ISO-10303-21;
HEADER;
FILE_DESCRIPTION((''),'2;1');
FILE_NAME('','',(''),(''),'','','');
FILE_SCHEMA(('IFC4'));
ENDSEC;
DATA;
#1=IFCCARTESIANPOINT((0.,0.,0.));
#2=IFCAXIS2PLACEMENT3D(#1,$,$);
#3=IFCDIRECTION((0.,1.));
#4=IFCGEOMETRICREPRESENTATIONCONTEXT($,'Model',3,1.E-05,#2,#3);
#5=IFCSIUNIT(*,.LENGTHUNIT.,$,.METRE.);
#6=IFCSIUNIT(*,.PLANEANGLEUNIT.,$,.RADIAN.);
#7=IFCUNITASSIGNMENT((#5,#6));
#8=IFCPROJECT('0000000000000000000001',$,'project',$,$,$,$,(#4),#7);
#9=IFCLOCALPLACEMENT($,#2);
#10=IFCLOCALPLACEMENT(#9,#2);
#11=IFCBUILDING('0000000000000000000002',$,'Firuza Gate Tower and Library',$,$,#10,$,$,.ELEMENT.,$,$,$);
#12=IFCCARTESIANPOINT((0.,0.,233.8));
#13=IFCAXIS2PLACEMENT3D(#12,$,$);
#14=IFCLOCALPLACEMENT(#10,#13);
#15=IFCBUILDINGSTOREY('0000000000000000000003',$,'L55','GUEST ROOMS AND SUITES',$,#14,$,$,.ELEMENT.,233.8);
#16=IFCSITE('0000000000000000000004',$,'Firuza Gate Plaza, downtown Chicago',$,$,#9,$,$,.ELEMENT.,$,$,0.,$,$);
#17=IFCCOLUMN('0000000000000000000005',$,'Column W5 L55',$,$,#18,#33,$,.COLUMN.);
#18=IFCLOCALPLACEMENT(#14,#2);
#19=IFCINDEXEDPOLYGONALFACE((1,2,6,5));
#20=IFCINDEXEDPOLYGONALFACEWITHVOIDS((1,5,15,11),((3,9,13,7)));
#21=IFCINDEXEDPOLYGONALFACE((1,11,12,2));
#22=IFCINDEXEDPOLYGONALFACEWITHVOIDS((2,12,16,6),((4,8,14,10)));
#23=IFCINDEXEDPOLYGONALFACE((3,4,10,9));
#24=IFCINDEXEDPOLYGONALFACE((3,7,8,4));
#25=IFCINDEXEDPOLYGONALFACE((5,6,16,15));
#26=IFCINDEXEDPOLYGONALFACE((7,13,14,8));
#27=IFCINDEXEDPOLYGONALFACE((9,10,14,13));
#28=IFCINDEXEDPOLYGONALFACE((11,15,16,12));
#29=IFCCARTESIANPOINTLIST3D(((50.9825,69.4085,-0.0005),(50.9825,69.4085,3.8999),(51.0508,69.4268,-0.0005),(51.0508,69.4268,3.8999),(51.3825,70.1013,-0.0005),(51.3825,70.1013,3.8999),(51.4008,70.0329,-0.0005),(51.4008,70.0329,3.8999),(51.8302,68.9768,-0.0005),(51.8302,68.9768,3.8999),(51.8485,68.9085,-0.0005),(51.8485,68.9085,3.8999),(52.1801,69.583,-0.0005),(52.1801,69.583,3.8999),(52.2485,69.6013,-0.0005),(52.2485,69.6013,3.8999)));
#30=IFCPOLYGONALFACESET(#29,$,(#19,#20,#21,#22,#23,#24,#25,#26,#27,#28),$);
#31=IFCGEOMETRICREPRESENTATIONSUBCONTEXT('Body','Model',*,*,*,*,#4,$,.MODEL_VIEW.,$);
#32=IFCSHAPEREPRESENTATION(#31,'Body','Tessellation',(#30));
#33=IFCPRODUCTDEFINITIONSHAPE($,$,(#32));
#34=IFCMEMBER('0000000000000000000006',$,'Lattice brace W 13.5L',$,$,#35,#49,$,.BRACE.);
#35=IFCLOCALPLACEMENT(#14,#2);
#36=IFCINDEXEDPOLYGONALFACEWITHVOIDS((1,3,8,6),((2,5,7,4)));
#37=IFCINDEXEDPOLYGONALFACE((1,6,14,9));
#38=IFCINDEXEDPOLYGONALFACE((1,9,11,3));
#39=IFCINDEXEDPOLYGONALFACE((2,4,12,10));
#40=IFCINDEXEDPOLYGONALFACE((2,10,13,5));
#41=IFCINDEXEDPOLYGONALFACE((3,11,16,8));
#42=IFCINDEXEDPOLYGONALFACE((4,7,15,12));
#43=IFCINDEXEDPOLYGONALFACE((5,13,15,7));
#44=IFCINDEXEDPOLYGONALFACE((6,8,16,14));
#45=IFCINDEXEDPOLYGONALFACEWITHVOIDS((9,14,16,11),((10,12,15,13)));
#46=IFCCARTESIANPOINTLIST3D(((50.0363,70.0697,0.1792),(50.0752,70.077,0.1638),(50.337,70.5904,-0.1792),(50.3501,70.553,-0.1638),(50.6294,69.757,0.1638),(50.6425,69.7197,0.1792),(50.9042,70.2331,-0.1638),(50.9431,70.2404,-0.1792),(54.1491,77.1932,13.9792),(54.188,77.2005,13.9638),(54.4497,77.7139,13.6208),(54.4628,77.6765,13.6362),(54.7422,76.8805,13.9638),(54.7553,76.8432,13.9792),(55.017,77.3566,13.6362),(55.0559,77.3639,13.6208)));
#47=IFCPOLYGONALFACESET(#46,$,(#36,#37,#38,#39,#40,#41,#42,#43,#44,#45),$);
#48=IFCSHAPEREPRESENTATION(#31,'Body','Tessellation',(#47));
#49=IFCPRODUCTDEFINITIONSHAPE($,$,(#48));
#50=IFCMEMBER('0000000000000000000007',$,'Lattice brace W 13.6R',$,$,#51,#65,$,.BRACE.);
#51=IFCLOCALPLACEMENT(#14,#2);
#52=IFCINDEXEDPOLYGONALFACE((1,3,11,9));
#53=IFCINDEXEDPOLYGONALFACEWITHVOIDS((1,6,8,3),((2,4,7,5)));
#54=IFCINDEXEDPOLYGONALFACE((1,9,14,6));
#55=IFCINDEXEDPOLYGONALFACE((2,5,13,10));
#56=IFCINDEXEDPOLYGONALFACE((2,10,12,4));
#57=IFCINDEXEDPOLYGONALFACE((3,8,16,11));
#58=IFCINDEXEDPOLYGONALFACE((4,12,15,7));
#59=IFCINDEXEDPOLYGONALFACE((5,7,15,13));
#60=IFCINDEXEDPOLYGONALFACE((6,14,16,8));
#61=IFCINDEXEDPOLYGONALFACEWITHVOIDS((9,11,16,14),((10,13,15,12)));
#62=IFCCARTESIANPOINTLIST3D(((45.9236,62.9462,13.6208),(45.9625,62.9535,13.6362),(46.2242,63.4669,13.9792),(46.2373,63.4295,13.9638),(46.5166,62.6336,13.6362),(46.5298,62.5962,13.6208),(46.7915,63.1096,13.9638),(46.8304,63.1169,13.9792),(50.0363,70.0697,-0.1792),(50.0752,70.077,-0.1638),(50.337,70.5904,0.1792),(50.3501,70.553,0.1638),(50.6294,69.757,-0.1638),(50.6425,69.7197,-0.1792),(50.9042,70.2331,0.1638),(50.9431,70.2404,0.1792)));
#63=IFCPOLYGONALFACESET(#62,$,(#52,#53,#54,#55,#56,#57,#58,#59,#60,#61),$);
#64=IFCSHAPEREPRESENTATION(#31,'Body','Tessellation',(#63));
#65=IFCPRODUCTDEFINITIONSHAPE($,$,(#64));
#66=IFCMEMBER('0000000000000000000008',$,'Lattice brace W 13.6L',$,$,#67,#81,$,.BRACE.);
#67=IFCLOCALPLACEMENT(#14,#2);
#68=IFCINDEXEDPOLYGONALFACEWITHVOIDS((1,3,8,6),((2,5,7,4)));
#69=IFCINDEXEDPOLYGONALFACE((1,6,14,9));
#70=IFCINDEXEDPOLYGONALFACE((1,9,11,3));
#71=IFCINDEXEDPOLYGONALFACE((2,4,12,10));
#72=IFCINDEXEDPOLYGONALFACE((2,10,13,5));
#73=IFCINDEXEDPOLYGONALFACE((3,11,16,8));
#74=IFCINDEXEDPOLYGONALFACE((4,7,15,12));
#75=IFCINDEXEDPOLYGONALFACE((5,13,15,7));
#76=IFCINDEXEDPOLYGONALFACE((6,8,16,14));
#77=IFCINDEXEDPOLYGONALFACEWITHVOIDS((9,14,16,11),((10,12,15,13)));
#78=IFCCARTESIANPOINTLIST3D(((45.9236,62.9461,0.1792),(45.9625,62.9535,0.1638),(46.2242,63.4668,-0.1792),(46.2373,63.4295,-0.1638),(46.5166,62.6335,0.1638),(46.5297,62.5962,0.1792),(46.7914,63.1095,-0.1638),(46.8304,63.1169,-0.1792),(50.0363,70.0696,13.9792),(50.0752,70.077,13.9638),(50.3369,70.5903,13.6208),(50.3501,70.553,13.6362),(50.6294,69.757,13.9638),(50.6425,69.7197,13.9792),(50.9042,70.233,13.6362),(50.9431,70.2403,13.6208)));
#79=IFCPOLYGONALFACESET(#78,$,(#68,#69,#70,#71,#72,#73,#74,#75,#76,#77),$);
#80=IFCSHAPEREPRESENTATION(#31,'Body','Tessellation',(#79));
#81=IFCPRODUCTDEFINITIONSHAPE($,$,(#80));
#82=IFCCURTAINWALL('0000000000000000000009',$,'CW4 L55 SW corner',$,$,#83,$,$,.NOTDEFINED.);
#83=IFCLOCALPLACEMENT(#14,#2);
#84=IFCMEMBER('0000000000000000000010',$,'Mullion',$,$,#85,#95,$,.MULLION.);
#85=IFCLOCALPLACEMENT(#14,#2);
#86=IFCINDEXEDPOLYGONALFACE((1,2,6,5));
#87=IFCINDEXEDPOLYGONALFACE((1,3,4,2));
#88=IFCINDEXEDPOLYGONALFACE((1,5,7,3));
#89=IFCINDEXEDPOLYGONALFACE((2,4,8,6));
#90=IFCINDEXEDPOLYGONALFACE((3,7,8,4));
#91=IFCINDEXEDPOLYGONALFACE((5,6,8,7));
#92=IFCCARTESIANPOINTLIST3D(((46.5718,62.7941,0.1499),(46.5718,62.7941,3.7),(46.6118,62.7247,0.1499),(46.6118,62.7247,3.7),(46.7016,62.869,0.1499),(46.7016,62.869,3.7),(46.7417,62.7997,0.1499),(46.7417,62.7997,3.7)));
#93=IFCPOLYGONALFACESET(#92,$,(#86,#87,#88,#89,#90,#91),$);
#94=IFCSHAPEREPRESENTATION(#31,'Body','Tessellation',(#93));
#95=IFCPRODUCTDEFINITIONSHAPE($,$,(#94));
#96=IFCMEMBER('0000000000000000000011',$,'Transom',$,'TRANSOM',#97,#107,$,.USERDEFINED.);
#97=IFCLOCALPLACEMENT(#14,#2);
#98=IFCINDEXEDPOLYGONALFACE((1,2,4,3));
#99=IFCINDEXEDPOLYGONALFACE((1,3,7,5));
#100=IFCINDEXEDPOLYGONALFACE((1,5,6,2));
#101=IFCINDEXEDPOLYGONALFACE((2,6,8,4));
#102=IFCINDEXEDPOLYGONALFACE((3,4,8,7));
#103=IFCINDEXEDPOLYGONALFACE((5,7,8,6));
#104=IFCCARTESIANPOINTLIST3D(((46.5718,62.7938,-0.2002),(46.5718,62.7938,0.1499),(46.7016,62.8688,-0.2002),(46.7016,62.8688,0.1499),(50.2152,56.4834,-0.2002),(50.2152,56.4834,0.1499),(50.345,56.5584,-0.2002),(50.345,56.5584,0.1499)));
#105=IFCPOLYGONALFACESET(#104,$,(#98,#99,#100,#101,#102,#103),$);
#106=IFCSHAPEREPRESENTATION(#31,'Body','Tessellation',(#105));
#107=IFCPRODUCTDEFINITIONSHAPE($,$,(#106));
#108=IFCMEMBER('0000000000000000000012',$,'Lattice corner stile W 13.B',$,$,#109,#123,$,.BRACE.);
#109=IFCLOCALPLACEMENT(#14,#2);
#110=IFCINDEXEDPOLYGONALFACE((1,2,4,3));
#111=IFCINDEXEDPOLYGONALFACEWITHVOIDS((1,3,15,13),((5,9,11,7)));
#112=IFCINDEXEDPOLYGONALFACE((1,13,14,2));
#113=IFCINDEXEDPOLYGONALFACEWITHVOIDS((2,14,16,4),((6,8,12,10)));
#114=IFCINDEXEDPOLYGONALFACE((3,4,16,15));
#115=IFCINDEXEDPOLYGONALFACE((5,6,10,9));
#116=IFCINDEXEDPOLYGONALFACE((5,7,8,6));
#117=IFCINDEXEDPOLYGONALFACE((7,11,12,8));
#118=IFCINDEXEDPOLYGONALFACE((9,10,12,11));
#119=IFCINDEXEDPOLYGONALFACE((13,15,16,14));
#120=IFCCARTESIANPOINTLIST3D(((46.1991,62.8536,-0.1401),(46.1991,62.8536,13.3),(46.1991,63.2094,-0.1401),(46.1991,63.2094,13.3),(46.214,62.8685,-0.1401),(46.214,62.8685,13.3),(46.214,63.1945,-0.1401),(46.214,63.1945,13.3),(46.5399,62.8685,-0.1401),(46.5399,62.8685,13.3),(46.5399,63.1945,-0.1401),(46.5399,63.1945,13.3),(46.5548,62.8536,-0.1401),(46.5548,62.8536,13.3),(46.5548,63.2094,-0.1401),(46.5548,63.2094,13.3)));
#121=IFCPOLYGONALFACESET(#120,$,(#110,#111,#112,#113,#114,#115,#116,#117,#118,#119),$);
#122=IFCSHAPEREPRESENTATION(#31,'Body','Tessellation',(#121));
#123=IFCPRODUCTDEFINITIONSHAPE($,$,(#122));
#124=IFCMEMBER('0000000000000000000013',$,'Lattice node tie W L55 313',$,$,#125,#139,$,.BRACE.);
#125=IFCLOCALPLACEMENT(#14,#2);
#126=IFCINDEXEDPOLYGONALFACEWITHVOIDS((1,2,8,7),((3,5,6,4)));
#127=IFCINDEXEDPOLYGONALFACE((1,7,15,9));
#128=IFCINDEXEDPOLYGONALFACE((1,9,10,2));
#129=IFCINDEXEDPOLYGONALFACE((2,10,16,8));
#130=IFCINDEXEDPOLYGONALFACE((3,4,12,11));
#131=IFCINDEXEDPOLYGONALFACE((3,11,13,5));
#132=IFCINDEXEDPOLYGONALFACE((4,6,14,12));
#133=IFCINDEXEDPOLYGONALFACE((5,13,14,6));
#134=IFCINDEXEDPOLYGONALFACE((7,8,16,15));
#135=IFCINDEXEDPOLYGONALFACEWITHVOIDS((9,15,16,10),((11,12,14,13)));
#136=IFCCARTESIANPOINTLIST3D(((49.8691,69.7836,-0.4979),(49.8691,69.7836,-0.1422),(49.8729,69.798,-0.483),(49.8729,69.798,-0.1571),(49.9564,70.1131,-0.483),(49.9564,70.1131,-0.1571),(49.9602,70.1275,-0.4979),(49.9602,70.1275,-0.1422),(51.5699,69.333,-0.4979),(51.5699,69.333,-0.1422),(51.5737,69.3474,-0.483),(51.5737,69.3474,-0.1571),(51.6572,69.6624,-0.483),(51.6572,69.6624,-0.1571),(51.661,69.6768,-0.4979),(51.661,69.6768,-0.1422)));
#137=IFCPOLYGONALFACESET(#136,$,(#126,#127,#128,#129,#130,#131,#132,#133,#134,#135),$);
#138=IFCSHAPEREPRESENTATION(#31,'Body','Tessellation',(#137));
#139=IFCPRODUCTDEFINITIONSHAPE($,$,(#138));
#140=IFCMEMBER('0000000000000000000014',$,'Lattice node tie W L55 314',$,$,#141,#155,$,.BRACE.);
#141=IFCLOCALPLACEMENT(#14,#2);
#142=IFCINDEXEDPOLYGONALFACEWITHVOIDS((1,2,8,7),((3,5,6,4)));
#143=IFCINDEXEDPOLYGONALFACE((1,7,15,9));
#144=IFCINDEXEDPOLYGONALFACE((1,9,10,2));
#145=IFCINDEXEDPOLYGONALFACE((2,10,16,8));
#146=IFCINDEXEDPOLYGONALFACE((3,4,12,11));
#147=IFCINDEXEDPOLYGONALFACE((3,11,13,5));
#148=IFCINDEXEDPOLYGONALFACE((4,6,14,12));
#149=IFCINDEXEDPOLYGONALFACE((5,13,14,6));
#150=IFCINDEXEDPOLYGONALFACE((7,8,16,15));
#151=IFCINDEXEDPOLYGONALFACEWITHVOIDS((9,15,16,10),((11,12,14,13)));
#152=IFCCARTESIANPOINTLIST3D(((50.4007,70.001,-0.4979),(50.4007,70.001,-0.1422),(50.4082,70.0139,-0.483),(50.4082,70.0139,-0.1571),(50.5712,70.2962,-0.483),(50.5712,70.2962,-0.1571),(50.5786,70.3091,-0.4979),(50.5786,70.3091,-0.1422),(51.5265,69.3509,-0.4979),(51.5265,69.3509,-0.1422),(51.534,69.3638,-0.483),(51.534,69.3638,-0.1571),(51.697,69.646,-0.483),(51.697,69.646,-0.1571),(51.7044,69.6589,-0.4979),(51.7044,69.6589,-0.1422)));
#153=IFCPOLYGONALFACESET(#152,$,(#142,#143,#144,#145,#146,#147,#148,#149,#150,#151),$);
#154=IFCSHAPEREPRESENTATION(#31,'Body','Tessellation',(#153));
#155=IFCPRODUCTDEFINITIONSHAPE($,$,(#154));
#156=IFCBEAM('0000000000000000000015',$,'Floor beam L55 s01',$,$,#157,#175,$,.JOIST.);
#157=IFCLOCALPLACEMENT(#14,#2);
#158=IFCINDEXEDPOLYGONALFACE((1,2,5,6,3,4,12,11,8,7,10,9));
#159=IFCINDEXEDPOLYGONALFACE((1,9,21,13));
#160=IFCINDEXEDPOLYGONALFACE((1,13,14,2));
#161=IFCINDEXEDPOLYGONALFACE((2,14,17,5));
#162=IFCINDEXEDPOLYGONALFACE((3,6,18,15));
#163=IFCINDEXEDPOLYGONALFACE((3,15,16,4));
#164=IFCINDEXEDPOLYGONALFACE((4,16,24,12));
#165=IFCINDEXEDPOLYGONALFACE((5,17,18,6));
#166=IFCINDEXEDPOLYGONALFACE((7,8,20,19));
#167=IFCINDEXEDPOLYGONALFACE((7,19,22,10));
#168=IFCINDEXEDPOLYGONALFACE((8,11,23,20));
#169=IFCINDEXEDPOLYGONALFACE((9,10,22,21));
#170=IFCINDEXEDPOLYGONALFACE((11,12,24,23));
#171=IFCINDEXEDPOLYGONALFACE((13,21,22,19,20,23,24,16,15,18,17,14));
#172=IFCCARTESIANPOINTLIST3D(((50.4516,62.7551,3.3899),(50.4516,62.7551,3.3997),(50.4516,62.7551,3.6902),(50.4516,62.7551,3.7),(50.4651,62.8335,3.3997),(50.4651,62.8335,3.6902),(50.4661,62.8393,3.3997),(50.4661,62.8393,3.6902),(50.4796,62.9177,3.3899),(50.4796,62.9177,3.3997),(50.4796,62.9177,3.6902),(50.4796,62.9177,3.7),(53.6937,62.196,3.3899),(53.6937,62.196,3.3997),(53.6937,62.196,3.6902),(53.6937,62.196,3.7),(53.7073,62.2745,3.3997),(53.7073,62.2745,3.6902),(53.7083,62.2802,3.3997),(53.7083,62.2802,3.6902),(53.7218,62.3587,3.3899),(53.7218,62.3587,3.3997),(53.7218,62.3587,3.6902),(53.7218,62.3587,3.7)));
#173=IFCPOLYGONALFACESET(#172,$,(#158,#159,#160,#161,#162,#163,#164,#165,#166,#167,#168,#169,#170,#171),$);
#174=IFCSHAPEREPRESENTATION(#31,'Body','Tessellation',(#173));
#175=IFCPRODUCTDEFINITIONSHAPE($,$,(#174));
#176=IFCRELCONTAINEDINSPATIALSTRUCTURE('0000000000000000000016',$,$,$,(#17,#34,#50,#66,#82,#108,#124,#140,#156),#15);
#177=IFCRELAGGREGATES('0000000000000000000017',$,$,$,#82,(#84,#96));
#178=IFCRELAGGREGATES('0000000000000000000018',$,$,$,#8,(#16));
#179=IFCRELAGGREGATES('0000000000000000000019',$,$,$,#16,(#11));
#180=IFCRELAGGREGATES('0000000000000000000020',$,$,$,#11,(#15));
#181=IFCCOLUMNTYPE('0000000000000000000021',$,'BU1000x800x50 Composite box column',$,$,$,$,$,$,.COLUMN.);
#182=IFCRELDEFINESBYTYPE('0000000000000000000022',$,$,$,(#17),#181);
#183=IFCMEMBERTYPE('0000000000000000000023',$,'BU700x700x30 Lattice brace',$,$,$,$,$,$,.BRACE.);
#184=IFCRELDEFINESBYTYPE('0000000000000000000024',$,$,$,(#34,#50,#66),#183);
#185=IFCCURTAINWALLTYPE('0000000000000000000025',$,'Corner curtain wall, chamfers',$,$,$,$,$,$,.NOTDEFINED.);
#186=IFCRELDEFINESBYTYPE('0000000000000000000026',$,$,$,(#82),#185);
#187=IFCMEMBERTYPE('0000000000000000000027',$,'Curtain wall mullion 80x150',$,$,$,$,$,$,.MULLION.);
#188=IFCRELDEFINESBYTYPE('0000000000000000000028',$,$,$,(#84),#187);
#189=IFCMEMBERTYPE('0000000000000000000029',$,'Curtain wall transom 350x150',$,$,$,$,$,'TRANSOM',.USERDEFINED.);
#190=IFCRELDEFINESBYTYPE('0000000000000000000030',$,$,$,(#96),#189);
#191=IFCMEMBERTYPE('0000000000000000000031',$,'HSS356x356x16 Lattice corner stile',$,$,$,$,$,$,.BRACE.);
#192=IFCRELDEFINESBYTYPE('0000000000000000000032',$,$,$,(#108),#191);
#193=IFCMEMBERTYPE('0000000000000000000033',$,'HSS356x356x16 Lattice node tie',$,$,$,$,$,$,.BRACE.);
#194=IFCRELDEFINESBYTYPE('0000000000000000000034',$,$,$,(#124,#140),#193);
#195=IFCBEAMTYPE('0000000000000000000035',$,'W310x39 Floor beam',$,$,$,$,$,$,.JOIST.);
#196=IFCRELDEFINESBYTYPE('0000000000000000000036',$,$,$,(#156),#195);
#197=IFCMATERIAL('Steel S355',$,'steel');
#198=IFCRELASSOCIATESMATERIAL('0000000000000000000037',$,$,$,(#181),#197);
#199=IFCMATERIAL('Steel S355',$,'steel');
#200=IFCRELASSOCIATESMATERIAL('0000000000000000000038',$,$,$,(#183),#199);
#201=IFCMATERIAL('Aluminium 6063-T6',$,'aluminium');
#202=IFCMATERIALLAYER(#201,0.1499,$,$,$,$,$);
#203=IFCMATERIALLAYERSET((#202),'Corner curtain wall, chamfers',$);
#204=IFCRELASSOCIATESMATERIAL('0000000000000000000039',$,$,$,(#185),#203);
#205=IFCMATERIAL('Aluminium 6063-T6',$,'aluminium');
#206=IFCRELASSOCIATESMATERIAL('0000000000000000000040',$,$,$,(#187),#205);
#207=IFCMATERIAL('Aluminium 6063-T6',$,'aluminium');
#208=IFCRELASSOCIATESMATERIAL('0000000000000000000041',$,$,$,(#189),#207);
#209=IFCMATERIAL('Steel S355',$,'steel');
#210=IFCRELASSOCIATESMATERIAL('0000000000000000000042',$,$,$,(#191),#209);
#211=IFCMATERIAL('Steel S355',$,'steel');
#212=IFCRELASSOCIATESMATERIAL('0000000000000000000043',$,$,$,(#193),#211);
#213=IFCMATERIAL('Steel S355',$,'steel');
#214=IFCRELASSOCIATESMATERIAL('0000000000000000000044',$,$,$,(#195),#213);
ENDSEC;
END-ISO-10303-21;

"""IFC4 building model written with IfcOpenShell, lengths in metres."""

from ifc_helpers import new_model, si_unit, direction, frame, origin, origin_2d, place, context, subcontext, project, spatial, rectangle, hollow_rectangle, i_section, extrude, material, layer, layer_set, material_profile, profile_set, type_object, element, aggregate, save


model = new_model("IFC4")

# Units and contexts
model_context = context("Model", 3, precision=1e-05, world=origin(), true_north=direction((0.0, 1.0)))
body_context = subcontext(model_context, "Body", "Model", "MODEL_VIEW")
ifc_project = project(units=[si_unit("LENGTHUNIT", "METRE"), si_unit("PLANEANGLEUNIT", "RADIAN")], contexts=[model_context])

# Site, building, storey
site_placement = place(None, origin())
site = spatial("IfcSite", under=ifc_project, at=site_placement, Name="Firuza Gate Plaza, downtown Chicago", CompositionType="ELEMENT", RefElevation=0.0)
building_placement = place(site_placement, origin())
building = spatial("IfcBuilding", under=site, at=building_placement, Name="Firuza Gate Tower and Library", CompositionType="ELEMENT")
storey_placement = place(building_placement, frame((0.0, 0.0, 233.8)))
storey = spatial("IfcBuildingStorey", under=building, at=storey_placement, Name="L55", Description="GUEST ROOMS AND SUITES", CompositionType="ELEMENT", Elevation=233.8)

# Column
ifc_material_1 = material(Name="Steel S355", Category="steel")
ifc_material_profile_1 = material_profile(ifc_material_1, hollow_rectangle(XDim=0.8, YDim=1.0, WallThickness=0.05, at=origin_2d()))
ifc_profile_set_1 = profile_set([ifc_material_profile_1], Name="Steel S355")
column_type = type_object("IfcColumnType", Name="BU1000x800x50 Composite box column", PredefinedType="COLUMN", material=ifc_profile_set_1)
column_placement = place(storey_placement, frame((51.6155, 69.5049, -0.0005), z_axis=(0.0, 0.0, 1.0), x_axis=(-0.5, -0.866025, 0.0)))
element("IfcColumn", 1, at=column_placement, inside=storey, type_object=column_type, Name="Column W5 L55", PredefinedType="COLUMN", context=body_context, shape_type="SweptSolid", body=[
    extrude(hollow_rectangle(XDim=0.8, YDim=1.0, WallThickness=0.05, at=origin_2d()), origin(), (0.0, 0.0, 1.0), 3.9004),
])

# Members
ifc_material_2 = material(Name="Steel S355", Category="steel")
ifc_material_profile_2 = material_profile(ifc_material_2, hollow_rectangle(XDim=0.7, YDim=0.7, WallThickness=0.03, at=origin_2d()))
ifc_profile_set_2 = profile_set([ifc_material_profile_2], Name="Steel S355")
member_type_1 = type_object("IfcMemberType", Name="BU700x700x30 Lattice brace", PredefinedType="BRACE", material=ifc_profile_set_2)
for number, where, z_axis, x_axis, name in (
    (2, (50.4897, 70.155, 0.0), (0.256001, 0.443405, 0.858985), (-0.866024, 0.500002, 0.0), "Lattice brace W 13.5L"),
    (3, (50.4897, 70.155, 0.0), (-0.256001, -0.443405, 0.858985), (0.866024, -0.500002, 0.0), "Lattice brace W 13.6R"),
    (4, (46.377, 63.0315, 0.0), (0.256001, 0.443405, 0.858985), (-0.866024, 0.500002, 0.0), "Lattice brace W 13.6L"),
):
    element("IfcMember", number, at=place(storey_placement, frame(where, z_axis=z_axis, x_axis=x_axis)), inside=storey, type_object=member_type_1, Name=name, PredefinedType="BRACE", context=body_context, shape_type="SweptSolid", body=[
        extrude(hollow_rectangle(XDim=0.7, YDim=0.7, WallThickness=0.03, at=origin_2d()), origin(), (0.0, 0.0, 1.0), 16.0654),
    ])

# Curtain wall, members
ifc_material_3 = material(Name="Aluminium 6063-T6", Category="aluminium")
ifc_layer_1 = layer(ifc_material_3, 0.1499)
ifc_layer_set_1 = layer_set([ifc_layer_1], Name="Corner curtain wall, chamfers")
curtain_wall_type = type_object("IfcCurtainWallType", Name="Corner curtain wall, chamfers", PredefinedType="NOTDEFINED", material=ifc_layer_set_1)
curtain_wall_placement = place(storey_placement, origin())
curtain_wall = element("IfcCurtainWall", 5, at=curtain_wall_placement, inside=storey, type_object=curtain_wall_type, Name="CW4 L55 SW corner", PredefinedType="NOTDEFINED")
ifc_material_4 = material(Name="Aluminium 6063-T6", Category="aluminium")
ifc_material_profile_3 = material_profile(ifc_material_4, rectangle(XDim=0.1499, YDim=0.0801, at=origin_2d()))
ifc_profile_set_3 = profile_set([ifc_material_profile_3], Name="Aluminium 6063-T6")
member_type_2 = type_object("IfcMemberType", Name="Curtain wall mullion 80x150", PredefinedType="MULLION", material=ifc_profile_set_3)
member_1_placement = place(storey_placement, frame((46.6567, 62.7969, 0.1499), z_axis=(0.0, 0.0, 1.0), x_axis=(0.866025, 0.5, 0.0)))
member_1 = element("IfcMember", 6, at=member_1_placement, type_object=member_type_2, Name="Mullion", PredefinedType="MULLION", context=body_context, shape_type="SweptSolid", body=[
    extrude(rectangle(XDim=0.1499, YDim=0.0801, at=origin_2d()), origin(), (0.0, 0.0, 1.0), 3.55),
])
ifc_material_5 = material(Name="Aluminium 6063-T6", Category="aluminium")
ifc_material_profile_4 = material_profile(ifc_material_5, rectangle(XDim=0.1499, YDim=0.3501, at=origin_2d()))
ifc_profile_set_4 = profile_set([ifc_material_profile_4], Name="Aluminium 6063-T6")
member_type_3 = type_object("IfcMemberType", Name="Curtain wall transom 350x150", ElementType="TRANSOM", PredefinedType="USERDEFINED", material=ifc_profile_set_4)
member_2_placement = place(storey_placement, frame((46.6367, 62.8313, -0.0251), z_axis=(0.500006, -0.866022, 0.0), x_axis=(0.866022, 0.500006, 0.0)))
member_2 = element("IfcMember", 7, at=member_2_placement, type_object=member_type_3, Name="Transom", ObjectType="TRANSOM", PredefinedType="USERDEFINED", context=body_context, shape_type="SweptSolid", body=[
    extrude(rectangle(XDim=0.1499, YDim=0.3501, at=origin_2d()), origin(), (0.0, 0.0, 1.0), 7.2866),
])

# Members
ifc_material_6 = material(Name="Steel S355", Category="steel")
ifc_material_profile_5 = material_profile(ifc_material_6, hollow_rectangle(XDim=0.3557, YDim=0.3557, WallThickness=0.0149, at=origin_2d()))
ifc_profile_set_5 = profile_set([ifc_material_profile_5], Name="Steel S355")
member_type_4 = type_object("IfcMemberType", Name="HSS356x356x16 Lattice corner stile", PredefinedType="BRACE", material=ifc_profile_set_5)
member_3_placement = place(storey_placement, frame((46.377, 63.0315, -0.1401), z_axis=(0.0, 0.0, 1.0), x_axis=(1.0, 0.0, 0.0)))
element("IfcMember", 8, at=member_3_placement, inside=storey, type_object=member_type_4, Name="Lattice corner stile W 13.B", PredefinedType="BRACE", context=body_context, shape_type="SweptSolid", body=[
    extrude(hollow_rectangle(XDim=0.3557, YDim=0.3557, WallThickness=0.0149, at=origin_2d()), origin(), (0.0, 0.0, 1.0), 13.4402),
])
ifc_material_7 = material(Name="Steel S355", Category="steel")
ifc_material_profile_6 = material_profile(ifc_material_7, hollow_rectangle(XDim=0.3557, YDim=0.3557, WallThickness=0.0149, at=origin_2d()))
ifc_profile_set_6 = profile_set([ifc_material_profile_6], Name="Steel S355")
member_type_5 = type_object("IfcMemberType", Name="HSS356x356x16 Lattice node tie", PredefinedType="BRACE", material=ifc_profile_set_6)
member_4_placement = place(storey_placement, frame((51.6155, 69.5049, -0.3201), z_axis=(-0.966644, 0.256125, 0.0), x_axis=(-0.256125, -0.966644, 0.0)))
element("IfcMember", 9, at=member_4_placement, inside=storey, type_object=member_type_5, Name="Lattice node tie W L55 313", PredefinedType="BRACE", context=body_context, shape_type="SweptSolid", body=[
    extrude(hollow_rectangle(XDim=0.3557, YDim=0.3557, WallThickness=0.0149, at=origin_2d()), origin(), (0.0, 0.0, 1.0), 1.7595),
])
member_5_placement = place(storey_placement, frame((51.6155, 69.5049, -0.3201), z_axis=(-0.865957, 0.500118, 0.0), x_axis=(-0.500118, -0.865957, 0.0)))
element("IfcMember", 10, at=member_5_placement, inside=storey, type_object=member_type_5, Name="Lattice node tie W L55 314", PredefinedType="BRACE", context=body_context, shape_type="SweptSolid", body=[
    extrude(hollow_rectangle(XDim=0.3557, YDim=0.3557, WallThickness=0.0149, at=origin_2d()), origin(), (0.0, 0.0, 1.0), 1.3),
])

# Beam
ifc_material_8 = material(Name="Steel S355", Category="steel")
ifc_material_profile_7 = material_profile(ifc_material_8, i_section(OverallWidth=0.165, OverallDepth=0.3101, WebThickness=0.0059, FlangeThickness=0.0098, at=origin_2d()))
ifc_profile_set_7 = profile_set([ifc_material_profile_7], Name="Steel S355")
beam_type_1 = type_object("IfcBeamType", Name="W310x39 Floor beam", PredefinedType="JOIST", material=ifc_profile_set_7)
beam_1_placement = place(storey_placement, frame((50.4656, 62.8364, 3.5449), z_axis=(0.985456, -0.169932, 0.0), x_axis=(0.169932, 0.985456, 0.0)))
element("IfcBeam", 11, at=beam_1_placement, inside=storey, type_object=beam_type_1, Name="Floor beam L55 s01", PredefinedType="JOIST", context=body_context, shape_type="SweptSolid", body=[
    extrude(i_section(OverallWidth=0.165, OverallDepth=0.3101, WebThickness=0.0059, FlangeThickness=0.0098, at=origin_2d()), origin(), (0.0, 0.0, 1.0), 3.29),
])

aggregate(curtain_wall, [member_1, member_2])

save(model, "model.ifc")
